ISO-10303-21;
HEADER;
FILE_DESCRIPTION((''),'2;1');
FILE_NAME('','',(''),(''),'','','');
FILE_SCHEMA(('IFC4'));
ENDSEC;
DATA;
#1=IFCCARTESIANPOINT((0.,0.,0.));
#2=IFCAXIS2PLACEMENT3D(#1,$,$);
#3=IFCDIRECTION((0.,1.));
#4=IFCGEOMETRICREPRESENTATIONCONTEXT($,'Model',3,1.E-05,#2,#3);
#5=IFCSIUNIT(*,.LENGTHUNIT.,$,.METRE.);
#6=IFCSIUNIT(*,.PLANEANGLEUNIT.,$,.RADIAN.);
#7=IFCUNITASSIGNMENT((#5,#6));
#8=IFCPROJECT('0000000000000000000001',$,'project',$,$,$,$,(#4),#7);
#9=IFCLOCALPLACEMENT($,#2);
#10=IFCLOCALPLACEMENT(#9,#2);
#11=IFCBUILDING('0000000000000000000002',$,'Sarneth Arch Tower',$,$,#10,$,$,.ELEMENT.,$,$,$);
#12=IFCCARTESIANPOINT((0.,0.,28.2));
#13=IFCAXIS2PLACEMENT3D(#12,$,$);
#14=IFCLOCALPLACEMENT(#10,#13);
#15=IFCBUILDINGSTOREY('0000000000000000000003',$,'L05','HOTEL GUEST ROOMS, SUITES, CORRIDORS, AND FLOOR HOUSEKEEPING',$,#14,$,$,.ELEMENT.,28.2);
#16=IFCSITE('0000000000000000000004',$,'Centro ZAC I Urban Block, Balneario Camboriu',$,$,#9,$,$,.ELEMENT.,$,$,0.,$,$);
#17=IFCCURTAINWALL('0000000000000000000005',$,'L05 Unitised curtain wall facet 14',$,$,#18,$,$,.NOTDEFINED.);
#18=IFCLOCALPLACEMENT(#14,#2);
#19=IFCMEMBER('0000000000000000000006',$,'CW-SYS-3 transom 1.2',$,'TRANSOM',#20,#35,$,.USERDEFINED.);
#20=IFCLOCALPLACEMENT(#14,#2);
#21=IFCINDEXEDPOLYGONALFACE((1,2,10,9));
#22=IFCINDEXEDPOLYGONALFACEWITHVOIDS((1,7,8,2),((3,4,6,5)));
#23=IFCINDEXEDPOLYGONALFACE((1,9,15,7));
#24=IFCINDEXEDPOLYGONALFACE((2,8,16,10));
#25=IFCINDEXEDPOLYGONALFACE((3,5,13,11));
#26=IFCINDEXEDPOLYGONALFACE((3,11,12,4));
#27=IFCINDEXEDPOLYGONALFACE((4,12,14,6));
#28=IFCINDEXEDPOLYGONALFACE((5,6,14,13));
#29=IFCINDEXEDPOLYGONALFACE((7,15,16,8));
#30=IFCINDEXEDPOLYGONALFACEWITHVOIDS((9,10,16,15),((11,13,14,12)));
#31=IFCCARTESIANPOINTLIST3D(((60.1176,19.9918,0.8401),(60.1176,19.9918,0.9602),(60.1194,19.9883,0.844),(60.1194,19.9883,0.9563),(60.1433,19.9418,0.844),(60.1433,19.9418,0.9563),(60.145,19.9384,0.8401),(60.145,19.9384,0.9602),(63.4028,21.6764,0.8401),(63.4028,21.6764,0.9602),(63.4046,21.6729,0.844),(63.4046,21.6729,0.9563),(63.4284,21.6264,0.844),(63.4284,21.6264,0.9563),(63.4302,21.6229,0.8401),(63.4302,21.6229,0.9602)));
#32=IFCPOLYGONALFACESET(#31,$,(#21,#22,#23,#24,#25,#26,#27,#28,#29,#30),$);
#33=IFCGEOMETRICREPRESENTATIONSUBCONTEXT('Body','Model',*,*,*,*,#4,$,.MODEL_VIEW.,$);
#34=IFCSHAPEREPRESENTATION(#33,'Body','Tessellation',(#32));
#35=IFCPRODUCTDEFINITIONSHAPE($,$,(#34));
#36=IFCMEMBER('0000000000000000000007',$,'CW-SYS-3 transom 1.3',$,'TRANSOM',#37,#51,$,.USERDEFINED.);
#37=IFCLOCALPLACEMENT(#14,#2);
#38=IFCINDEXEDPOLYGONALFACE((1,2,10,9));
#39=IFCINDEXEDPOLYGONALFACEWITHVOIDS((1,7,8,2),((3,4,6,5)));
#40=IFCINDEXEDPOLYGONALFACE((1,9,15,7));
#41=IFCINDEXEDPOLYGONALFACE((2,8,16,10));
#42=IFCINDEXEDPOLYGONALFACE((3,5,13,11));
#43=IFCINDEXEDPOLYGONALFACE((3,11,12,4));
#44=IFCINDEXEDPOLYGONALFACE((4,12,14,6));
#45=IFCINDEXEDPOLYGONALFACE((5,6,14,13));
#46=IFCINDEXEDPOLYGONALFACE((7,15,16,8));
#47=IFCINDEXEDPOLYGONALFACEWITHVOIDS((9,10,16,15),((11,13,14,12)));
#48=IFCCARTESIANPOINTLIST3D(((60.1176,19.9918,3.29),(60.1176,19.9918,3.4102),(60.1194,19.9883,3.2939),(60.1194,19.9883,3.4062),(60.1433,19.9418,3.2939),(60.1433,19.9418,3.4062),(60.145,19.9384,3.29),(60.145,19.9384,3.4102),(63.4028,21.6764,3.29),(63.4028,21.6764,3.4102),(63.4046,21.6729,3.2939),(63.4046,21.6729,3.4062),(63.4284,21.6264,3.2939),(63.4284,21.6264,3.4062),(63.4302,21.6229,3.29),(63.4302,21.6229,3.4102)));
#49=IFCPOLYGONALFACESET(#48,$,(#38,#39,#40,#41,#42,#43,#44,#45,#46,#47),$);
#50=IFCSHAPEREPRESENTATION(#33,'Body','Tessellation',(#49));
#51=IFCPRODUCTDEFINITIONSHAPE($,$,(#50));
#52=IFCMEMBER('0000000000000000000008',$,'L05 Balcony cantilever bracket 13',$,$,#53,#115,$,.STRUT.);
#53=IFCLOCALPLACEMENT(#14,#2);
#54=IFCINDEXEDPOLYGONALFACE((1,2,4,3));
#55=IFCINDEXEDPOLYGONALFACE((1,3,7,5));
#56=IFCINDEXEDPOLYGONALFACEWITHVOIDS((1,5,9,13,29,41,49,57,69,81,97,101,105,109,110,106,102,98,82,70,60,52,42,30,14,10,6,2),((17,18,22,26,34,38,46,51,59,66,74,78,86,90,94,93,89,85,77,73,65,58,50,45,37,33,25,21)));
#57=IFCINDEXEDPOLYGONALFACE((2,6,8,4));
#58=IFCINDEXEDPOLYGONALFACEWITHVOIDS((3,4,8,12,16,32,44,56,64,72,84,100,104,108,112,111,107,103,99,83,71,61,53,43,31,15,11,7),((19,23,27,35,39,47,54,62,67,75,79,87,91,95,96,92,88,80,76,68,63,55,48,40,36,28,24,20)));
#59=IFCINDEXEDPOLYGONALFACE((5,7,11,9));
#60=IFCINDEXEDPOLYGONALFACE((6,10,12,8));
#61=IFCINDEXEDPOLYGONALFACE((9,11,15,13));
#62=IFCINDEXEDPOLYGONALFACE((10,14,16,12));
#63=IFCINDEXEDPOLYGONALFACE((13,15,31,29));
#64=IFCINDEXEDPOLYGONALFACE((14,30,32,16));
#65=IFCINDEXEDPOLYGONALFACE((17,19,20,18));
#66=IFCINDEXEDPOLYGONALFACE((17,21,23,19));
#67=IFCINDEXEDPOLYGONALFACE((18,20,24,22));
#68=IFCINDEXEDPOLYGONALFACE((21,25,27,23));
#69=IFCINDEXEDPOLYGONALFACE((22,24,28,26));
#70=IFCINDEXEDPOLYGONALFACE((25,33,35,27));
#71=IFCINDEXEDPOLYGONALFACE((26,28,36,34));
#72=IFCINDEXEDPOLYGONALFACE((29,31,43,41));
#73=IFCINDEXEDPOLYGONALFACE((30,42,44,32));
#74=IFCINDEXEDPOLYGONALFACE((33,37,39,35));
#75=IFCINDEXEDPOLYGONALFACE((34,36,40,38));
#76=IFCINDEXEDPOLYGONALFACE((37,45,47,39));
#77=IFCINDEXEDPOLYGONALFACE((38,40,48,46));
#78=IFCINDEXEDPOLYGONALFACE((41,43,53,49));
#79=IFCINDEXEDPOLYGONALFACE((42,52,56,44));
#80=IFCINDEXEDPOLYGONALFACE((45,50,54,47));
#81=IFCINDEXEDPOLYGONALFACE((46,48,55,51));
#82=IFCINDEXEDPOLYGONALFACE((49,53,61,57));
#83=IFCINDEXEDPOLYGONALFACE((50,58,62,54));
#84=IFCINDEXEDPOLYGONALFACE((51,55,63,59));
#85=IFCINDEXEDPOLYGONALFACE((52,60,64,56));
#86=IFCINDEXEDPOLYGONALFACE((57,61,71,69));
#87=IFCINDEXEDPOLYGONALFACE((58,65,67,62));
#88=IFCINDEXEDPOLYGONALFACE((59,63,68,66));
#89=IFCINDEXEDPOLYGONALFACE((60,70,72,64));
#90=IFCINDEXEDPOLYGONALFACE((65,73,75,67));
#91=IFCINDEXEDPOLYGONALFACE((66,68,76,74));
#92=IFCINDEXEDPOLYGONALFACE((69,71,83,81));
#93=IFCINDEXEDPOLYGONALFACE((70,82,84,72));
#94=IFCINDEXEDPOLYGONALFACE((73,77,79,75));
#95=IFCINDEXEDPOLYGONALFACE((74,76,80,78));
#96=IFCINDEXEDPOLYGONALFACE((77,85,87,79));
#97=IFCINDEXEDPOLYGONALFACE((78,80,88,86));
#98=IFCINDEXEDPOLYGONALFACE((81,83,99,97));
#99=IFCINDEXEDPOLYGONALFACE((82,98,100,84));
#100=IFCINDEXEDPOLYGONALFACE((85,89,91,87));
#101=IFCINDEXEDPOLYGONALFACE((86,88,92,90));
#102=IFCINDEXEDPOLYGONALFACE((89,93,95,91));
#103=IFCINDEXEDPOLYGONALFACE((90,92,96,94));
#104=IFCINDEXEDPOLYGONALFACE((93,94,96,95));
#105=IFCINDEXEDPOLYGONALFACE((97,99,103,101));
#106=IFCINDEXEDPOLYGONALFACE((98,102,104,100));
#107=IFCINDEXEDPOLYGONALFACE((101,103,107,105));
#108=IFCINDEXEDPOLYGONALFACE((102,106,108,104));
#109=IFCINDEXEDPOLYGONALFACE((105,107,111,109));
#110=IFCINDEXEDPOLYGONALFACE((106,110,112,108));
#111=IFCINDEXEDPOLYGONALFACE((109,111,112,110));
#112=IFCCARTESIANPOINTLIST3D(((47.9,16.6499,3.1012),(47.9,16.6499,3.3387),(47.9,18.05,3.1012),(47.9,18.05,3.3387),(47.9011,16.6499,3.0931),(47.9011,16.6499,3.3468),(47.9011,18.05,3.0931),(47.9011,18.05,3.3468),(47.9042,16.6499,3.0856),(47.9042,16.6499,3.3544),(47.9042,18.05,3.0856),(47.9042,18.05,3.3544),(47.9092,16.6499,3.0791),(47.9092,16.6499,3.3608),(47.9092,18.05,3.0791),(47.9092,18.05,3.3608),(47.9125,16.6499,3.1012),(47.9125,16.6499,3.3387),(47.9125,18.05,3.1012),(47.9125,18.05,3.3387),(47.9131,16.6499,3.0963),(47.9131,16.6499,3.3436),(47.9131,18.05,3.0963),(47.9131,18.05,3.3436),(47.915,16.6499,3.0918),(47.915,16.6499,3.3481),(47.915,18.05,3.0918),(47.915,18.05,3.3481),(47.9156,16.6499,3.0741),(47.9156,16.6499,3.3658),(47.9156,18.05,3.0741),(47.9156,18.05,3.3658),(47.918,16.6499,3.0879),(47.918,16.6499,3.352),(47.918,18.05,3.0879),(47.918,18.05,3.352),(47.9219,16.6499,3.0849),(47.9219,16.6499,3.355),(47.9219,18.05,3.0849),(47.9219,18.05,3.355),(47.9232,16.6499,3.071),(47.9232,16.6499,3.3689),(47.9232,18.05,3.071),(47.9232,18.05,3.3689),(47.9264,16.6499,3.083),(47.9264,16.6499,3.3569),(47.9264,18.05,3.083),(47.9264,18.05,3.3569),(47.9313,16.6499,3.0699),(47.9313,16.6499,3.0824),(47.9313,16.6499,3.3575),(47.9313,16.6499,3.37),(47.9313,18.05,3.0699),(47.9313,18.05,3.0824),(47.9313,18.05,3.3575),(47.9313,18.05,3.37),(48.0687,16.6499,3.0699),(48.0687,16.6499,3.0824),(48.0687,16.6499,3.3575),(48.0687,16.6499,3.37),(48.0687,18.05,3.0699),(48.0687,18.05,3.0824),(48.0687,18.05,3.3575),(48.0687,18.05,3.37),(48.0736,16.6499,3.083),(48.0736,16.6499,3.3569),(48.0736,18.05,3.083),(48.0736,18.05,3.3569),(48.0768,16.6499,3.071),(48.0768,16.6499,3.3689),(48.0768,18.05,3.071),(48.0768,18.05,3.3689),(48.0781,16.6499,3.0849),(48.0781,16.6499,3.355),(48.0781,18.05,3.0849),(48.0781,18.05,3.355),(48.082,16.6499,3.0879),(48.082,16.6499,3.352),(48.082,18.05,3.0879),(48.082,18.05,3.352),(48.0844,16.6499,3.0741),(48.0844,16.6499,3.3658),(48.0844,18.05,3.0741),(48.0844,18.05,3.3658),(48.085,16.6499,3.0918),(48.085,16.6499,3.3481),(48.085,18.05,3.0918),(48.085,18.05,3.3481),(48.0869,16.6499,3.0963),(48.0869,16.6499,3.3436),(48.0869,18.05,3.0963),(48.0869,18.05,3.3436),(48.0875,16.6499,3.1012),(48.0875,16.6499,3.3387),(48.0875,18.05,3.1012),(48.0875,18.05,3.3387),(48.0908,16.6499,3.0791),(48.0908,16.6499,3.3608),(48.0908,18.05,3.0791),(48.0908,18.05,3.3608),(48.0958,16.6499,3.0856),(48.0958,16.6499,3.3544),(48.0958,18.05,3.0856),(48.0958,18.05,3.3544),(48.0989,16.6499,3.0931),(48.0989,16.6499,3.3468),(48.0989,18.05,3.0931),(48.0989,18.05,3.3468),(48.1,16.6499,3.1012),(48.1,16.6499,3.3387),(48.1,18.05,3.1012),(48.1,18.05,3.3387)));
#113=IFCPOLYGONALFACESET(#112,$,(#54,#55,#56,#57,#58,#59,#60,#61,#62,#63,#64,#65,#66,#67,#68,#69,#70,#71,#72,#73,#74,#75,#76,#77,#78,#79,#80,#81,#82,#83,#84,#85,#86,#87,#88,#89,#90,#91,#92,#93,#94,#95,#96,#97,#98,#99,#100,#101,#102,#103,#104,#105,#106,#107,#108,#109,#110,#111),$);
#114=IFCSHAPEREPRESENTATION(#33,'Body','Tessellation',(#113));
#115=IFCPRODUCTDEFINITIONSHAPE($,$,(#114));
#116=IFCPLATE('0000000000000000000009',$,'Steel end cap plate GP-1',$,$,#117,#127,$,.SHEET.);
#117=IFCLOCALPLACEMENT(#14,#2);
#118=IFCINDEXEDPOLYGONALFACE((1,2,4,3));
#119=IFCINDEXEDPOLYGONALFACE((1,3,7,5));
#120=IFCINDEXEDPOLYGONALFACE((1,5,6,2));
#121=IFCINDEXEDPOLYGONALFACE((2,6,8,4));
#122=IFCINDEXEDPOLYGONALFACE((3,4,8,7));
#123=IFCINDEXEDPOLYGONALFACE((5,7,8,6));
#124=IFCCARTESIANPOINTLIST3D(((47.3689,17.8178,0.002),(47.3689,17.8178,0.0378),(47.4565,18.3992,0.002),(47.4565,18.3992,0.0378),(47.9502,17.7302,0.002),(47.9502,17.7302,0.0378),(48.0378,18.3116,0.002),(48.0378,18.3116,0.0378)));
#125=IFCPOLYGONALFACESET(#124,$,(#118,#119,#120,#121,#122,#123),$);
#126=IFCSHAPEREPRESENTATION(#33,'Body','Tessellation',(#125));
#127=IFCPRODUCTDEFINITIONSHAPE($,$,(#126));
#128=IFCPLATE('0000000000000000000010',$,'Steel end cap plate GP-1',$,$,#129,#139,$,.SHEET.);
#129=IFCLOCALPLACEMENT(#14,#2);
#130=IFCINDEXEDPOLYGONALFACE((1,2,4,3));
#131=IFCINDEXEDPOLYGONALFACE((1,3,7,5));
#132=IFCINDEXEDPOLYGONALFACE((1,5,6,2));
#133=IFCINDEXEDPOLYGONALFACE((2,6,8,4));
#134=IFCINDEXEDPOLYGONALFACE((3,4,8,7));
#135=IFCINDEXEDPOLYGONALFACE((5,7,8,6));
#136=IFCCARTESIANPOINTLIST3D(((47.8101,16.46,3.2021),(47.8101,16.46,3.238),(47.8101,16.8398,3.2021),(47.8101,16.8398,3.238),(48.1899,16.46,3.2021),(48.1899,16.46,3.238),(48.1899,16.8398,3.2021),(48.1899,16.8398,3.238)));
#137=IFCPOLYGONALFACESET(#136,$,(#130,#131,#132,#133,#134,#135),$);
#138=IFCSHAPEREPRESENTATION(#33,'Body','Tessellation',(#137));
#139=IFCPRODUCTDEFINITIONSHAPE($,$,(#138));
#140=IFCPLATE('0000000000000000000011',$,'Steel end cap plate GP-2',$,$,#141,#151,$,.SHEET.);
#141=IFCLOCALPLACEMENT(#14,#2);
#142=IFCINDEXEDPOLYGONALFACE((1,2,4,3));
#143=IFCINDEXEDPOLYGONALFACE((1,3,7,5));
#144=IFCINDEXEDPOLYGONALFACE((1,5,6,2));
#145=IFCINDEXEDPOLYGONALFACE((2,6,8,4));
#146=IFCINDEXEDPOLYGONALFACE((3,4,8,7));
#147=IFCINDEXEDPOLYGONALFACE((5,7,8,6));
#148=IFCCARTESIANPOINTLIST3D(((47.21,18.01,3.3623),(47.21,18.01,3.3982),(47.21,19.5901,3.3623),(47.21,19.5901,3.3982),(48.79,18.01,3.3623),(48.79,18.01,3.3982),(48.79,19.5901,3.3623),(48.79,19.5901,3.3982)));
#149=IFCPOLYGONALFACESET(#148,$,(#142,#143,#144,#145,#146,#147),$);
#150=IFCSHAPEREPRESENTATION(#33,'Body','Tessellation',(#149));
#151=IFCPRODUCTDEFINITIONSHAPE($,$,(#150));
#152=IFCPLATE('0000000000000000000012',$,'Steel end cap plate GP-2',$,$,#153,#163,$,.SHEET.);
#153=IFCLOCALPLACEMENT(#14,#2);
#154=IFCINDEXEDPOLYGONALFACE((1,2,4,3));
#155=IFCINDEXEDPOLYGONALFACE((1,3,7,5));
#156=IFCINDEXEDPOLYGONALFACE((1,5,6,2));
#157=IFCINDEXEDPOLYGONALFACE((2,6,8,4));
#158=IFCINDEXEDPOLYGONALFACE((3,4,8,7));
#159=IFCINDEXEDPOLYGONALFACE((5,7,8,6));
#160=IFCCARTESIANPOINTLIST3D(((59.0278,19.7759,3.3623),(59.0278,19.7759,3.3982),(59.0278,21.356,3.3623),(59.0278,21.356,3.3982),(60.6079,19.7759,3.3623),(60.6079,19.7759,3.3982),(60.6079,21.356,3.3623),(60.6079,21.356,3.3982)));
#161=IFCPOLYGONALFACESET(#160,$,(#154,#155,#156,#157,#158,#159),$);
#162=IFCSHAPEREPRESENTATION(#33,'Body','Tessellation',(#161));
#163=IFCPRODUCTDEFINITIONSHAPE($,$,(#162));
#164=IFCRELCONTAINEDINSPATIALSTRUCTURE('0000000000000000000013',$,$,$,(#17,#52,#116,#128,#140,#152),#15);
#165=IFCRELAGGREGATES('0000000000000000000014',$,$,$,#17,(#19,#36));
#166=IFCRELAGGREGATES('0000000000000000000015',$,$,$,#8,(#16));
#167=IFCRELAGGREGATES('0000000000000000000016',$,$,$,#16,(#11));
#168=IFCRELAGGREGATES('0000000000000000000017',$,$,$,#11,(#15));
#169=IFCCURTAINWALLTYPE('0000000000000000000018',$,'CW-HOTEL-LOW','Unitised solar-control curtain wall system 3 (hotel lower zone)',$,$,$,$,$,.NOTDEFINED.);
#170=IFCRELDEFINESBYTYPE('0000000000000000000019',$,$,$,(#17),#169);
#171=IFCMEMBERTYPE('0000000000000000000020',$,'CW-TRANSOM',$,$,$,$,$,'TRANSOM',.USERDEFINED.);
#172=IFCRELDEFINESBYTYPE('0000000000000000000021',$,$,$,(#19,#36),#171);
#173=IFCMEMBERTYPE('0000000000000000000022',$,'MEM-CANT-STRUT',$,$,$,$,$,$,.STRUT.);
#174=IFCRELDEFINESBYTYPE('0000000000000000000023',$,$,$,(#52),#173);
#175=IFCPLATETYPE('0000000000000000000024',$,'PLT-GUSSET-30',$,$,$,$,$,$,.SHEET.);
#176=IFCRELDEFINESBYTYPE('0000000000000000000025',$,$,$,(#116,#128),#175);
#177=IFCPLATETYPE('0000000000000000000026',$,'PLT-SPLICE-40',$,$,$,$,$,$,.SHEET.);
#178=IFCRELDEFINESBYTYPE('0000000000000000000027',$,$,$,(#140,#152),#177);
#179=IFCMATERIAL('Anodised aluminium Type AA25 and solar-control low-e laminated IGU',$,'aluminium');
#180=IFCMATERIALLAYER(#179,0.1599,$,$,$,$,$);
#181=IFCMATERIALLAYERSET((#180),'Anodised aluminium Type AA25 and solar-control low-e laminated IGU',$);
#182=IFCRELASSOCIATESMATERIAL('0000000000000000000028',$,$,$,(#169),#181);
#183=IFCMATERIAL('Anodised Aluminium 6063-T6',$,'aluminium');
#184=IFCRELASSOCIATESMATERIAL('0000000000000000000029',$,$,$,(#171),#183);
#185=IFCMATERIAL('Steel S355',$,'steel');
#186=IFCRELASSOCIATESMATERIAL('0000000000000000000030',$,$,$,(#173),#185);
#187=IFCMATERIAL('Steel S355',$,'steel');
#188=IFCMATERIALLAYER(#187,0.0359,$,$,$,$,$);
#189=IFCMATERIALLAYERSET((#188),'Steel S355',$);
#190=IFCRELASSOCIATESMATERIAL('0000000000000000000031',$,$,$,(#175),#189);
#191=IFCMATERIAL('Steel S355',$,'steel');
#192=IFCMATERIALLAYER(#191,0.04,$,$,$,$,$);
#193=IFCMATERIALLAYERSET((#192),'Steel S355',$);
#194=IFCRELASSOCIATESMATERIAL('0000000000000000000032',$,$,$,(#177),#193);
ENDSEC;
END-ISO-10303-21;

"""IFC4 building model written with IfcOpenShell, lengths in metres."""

from ifc_helpers import new_model, si_unit, direction, frame, origin, origin_2d, place, context, subcontext, project, spatial, rectangle, hollow_rectangle, extrude, material, layer, layer_set, material_profile, profile_set, type_object, element, aggregate, save


model = new_model("IFC4")

# Units and contexts
model_context = context("Model", 3, precision=1e-05, world=origin(), true_north=direction((0.0, 1.0)))
body_context = subcontext(model_context, "Body", "Model", "MODEL_VIEW")
ifc_project = project(units=[si_unit("LENGTHUNIT", "METRE"), si_unit("PLANEANGLEUNIT", "RADIAN")], contexts=[model_context])

# Site, building, storey
site_placement = place(None, origin())
site = spatial("IfcSite", under=ifc_project, at=site_placement, Name="Centro ZAC I Urban Block, Balneario Camboriu", CompositionType="ELEMENT", RefElevation=0.0)
building_placement = place(site_placement, origin())
building = spatial("IfcBuilding", under=site, at=building_placement, Name="Sarneth Arch Tower", CompositionType="ELEMENT")
storey_placement = place(building_placement, frame((0.0, 0.0, 28.2)))
storey = spatial("IfcBuildingStorey", under=building, at=storey_placement, Name="L05", Description="HOTEL GUEST ROOMS, SUITES, CORRIDORS, AND FLOOR HOUSEKEEPING", CompositionType="ELEMENT", Elevation=28.2)

# Curtain wall, members
ifc_material_1 = material(Name="Anodised aluminium Type AA25 and solar-control low-e laminated IGU", Category="aluminium")
ifc_layer_1 = layer(ifc_material_1, 0.1599)
ifc_layer_set_1 = layer_set([ifc_layer_1], Name="Anodised aluminium Type AA25 and solar-control low-e laminated IGU")
curtain_wall_type = type_object("IfcCurtainWallType", Name="CW-HOTEL-LOW", Description="Unitised solar-control curtain wall system 3 (hotel lower zone)", PredefinedType="NOTDEFINED", material=ifc_layer_set_1)
curtain_wall_placement = place(storey_placement, origin())
curtain_wall = element("IfcCurtainWall", 1, at=curtain_wall_placement, inside=storey, type_object=curtain_wall_type, Name="L05 Unitised curtain wall facet 14", PredefinedType="NOTDEFINED")
ifc_material_2 = material(Name="Anodised Aluminium 6063-T6", Category="aluminium")
ifc_material_profile_1 = material_profile(ifc_material_2, hollow_rectangle(XDim=0.0601, YDim=0.1201, WallThickness=0.0039, at=origin_2d()), Name="AL-TRAN-120x60x4")
ifc_profile_set_1 = profile_set([ifc_material_profile_1], Name="Anodised Aluminium 6063-T6")
member_type_1 = type_object("IfcMemberType", Name="CW-TRANSOM", ElementType="TRANSOM", PredefinedType="USERDEFINED", material=ifc_profile_set_1)
member_1_placement = place(storey_placement, frame((60.1313, 19.9651, 0.9001), z_axis=(0.889831, 0.45629, 0.0), x_axis=(-0.45629, 0.889831, 0.0)))
member_1 = element("IfcMember", 2, at=member_1_placement, type_object=member_type_1, Name="CW-SYS-3 transom 1.2", ObjectType="TRANSOM", PredefinedType="USERDEFINED", context=body_context, shape_type="SweptSolid", body=[
    extrude(hollow_rectangle(XDim=0.0601, YDim=0.1201, WallThickness=0.0039, at=origin_2d()), origin(), (0.0, 0.0, 1.0), 3.6919),
])
member_2_placement = place(storey_placement, frame((60.1313, 19.9651, 3.3501), z_axis=(0.889831, 0.45629, 0.0), x_axis=(-0.45629, 0.889831, 0.0)))
member_2 = element("IfcMember", 3, at=member_2_placement, type_object=member_type_1, Name="CW-SYS-3 transom 1.3", ObjectType="TRANSOM", PredefinedType="USERDEFINED", context=body_context, shape_type="SweptSolid", body=[
    extrude(hollow_rectangle(XDim=0.0601, YDim=0.1201, WallThickness=0.0039, at=origin_2d()), origin(), (0.0, 0.0, 1.0), 3.6919),
])
aggregate(curtain_wall, [member_1, member_2])

# Member
ifc_material_3 = material(Name="Steel S355", Category="steel")
ifc_material_profile_2 = material_profile(ifc_material_3, hollow_rectangle(XDim=0.2, YDim=0.3, WallThickness=0.0125, InnerFilletRadius=0.0188, OuterFilletRadius=0.0312, at=origin_2d()), Name="RHS300x200x12.5")
ifc_profile_set_2 = profile_set([ifc_material_profile_2], Name="Steel S355")
member_type_2 = type_object("IfcMemberType", Name="MEM-CANT-STRUT", PredefinedType="STRUT", material=ifc_profile_set_2)
member_3_placement = place(storey_placement, frame((48.0, 18.05, 3.22), z_axis=(0.0, -1.0, 0.0), x_axis=(1.0, 0.0, 0.0)))
element("IfcMember", 4, at=member_3_placement, inside=storey, type_object=member_type_2, Name="L05 Balcony cantilever bracket 13", PredefinedType="STRUT", context=body_context, shape_type="SweptSolid", body=[
    extrude(hollow_rectangle(XDim=0.2, YDim=0.3, WallThickness=0.0125, InnerFilletRadius=0.0188, OuterFilletRadius=0.0312, at=origin_2d()), origin(), (0.0, 0.0, 1.0), 1.4001),
])

# Plates
ifc_material_4 = material(Name="Steel S355", Category="steel")
ifc_layer_2 = layer(ifc_material_4, 0.0359)
ifc_layer_set_2 = layer_set([ifc_layer_2], Name="Steel S355")
plate_type_1 = type_object("IfcPlateType", Name="PLT-GUSSET-30", PredefinedType="SHEET", material=ifc_layer_set_2)
plate_1_placement = place(storey_placement, frame((47.7034, 18.0647, 0.002), z_axis=(0.0, 0.0, 1.0), x_axis=(0.988835, -0.149018, 0.0)))
element("IfcPlate", 5, at=plate_1_placement, inside=storey, type_object=plate_type_1, Name="Steel end cap plate GP-1", PredefinedType="SHEET", context=body_context, shape_type="SweptSolid", body=[
    extrude(rectangle(XDim=0.5879, YDim=0.5879, at=origin_2d()), origin(), (0.0, 0.0, 1.0), 0.0359),
])
plate_2_placement = place(storey_placement, frame((48.0, 16.6499, 3.2021), z_axis=(0.0, 0.0, 1.0), x_axis=(0.0, -1.0, 0.0)))
element("IfcPlate", 6, at=plate_2_placement, inside=storey, type_object=plate_type_1, Name="Steel end cap plate GP-1", PredefinedType="SHEET", context=body_context, shape_type="SweptSolid", body=[
    extrude(rectangle(XDim=0.3799, YDim=0.3799, at=origin_2d()), origin(), (0.0, 0.0, 1.0), 0.0359),
])
ifc_material_5 = material(Name="Steel S355", Category="steel")
ifc_layer_3 = layer(ifc_material_5, 0.04)
ifc_layer_set_3 = layer_set([ifc_layer_3], Name="Steel S355")
plate_type_2 = type_object("IfcPlateType", Name="PLT-SPLICE-40", PredefinedType="SHEET", material=ifc_layer_set_3)
for number, where, z_axis, x_axis, name in (
    (7, (48.0, 18.8, 3.3623), (0.0, 0.0, 1.0), (1.0, 0.0, 0.0), "Steel end cap plate GP-2"),
    (8, (59.8179, 20.5659, 3.3623), (0.0, 0.0, 1.0), (1.0, 0.0, 0.0), "Steel end cap plate GP-2"),
):
    element("IfcPlate", number, at=place(storey_placement, frame(where, z_axis=z_axis, x_axis=x_axis)), inside=storey, type_object=plate_type_2, Name=name, PredefinedType="SHEET", context=body_context, shape_type="SweptSolid", body=[
        extrude(rectangle(XDim=1.5801, YDim=1.5801, at=origin_2d()), origin(), (0.0, 0.0, 1.0), 0.0359),
    ])

save(model, "model.ifc")
